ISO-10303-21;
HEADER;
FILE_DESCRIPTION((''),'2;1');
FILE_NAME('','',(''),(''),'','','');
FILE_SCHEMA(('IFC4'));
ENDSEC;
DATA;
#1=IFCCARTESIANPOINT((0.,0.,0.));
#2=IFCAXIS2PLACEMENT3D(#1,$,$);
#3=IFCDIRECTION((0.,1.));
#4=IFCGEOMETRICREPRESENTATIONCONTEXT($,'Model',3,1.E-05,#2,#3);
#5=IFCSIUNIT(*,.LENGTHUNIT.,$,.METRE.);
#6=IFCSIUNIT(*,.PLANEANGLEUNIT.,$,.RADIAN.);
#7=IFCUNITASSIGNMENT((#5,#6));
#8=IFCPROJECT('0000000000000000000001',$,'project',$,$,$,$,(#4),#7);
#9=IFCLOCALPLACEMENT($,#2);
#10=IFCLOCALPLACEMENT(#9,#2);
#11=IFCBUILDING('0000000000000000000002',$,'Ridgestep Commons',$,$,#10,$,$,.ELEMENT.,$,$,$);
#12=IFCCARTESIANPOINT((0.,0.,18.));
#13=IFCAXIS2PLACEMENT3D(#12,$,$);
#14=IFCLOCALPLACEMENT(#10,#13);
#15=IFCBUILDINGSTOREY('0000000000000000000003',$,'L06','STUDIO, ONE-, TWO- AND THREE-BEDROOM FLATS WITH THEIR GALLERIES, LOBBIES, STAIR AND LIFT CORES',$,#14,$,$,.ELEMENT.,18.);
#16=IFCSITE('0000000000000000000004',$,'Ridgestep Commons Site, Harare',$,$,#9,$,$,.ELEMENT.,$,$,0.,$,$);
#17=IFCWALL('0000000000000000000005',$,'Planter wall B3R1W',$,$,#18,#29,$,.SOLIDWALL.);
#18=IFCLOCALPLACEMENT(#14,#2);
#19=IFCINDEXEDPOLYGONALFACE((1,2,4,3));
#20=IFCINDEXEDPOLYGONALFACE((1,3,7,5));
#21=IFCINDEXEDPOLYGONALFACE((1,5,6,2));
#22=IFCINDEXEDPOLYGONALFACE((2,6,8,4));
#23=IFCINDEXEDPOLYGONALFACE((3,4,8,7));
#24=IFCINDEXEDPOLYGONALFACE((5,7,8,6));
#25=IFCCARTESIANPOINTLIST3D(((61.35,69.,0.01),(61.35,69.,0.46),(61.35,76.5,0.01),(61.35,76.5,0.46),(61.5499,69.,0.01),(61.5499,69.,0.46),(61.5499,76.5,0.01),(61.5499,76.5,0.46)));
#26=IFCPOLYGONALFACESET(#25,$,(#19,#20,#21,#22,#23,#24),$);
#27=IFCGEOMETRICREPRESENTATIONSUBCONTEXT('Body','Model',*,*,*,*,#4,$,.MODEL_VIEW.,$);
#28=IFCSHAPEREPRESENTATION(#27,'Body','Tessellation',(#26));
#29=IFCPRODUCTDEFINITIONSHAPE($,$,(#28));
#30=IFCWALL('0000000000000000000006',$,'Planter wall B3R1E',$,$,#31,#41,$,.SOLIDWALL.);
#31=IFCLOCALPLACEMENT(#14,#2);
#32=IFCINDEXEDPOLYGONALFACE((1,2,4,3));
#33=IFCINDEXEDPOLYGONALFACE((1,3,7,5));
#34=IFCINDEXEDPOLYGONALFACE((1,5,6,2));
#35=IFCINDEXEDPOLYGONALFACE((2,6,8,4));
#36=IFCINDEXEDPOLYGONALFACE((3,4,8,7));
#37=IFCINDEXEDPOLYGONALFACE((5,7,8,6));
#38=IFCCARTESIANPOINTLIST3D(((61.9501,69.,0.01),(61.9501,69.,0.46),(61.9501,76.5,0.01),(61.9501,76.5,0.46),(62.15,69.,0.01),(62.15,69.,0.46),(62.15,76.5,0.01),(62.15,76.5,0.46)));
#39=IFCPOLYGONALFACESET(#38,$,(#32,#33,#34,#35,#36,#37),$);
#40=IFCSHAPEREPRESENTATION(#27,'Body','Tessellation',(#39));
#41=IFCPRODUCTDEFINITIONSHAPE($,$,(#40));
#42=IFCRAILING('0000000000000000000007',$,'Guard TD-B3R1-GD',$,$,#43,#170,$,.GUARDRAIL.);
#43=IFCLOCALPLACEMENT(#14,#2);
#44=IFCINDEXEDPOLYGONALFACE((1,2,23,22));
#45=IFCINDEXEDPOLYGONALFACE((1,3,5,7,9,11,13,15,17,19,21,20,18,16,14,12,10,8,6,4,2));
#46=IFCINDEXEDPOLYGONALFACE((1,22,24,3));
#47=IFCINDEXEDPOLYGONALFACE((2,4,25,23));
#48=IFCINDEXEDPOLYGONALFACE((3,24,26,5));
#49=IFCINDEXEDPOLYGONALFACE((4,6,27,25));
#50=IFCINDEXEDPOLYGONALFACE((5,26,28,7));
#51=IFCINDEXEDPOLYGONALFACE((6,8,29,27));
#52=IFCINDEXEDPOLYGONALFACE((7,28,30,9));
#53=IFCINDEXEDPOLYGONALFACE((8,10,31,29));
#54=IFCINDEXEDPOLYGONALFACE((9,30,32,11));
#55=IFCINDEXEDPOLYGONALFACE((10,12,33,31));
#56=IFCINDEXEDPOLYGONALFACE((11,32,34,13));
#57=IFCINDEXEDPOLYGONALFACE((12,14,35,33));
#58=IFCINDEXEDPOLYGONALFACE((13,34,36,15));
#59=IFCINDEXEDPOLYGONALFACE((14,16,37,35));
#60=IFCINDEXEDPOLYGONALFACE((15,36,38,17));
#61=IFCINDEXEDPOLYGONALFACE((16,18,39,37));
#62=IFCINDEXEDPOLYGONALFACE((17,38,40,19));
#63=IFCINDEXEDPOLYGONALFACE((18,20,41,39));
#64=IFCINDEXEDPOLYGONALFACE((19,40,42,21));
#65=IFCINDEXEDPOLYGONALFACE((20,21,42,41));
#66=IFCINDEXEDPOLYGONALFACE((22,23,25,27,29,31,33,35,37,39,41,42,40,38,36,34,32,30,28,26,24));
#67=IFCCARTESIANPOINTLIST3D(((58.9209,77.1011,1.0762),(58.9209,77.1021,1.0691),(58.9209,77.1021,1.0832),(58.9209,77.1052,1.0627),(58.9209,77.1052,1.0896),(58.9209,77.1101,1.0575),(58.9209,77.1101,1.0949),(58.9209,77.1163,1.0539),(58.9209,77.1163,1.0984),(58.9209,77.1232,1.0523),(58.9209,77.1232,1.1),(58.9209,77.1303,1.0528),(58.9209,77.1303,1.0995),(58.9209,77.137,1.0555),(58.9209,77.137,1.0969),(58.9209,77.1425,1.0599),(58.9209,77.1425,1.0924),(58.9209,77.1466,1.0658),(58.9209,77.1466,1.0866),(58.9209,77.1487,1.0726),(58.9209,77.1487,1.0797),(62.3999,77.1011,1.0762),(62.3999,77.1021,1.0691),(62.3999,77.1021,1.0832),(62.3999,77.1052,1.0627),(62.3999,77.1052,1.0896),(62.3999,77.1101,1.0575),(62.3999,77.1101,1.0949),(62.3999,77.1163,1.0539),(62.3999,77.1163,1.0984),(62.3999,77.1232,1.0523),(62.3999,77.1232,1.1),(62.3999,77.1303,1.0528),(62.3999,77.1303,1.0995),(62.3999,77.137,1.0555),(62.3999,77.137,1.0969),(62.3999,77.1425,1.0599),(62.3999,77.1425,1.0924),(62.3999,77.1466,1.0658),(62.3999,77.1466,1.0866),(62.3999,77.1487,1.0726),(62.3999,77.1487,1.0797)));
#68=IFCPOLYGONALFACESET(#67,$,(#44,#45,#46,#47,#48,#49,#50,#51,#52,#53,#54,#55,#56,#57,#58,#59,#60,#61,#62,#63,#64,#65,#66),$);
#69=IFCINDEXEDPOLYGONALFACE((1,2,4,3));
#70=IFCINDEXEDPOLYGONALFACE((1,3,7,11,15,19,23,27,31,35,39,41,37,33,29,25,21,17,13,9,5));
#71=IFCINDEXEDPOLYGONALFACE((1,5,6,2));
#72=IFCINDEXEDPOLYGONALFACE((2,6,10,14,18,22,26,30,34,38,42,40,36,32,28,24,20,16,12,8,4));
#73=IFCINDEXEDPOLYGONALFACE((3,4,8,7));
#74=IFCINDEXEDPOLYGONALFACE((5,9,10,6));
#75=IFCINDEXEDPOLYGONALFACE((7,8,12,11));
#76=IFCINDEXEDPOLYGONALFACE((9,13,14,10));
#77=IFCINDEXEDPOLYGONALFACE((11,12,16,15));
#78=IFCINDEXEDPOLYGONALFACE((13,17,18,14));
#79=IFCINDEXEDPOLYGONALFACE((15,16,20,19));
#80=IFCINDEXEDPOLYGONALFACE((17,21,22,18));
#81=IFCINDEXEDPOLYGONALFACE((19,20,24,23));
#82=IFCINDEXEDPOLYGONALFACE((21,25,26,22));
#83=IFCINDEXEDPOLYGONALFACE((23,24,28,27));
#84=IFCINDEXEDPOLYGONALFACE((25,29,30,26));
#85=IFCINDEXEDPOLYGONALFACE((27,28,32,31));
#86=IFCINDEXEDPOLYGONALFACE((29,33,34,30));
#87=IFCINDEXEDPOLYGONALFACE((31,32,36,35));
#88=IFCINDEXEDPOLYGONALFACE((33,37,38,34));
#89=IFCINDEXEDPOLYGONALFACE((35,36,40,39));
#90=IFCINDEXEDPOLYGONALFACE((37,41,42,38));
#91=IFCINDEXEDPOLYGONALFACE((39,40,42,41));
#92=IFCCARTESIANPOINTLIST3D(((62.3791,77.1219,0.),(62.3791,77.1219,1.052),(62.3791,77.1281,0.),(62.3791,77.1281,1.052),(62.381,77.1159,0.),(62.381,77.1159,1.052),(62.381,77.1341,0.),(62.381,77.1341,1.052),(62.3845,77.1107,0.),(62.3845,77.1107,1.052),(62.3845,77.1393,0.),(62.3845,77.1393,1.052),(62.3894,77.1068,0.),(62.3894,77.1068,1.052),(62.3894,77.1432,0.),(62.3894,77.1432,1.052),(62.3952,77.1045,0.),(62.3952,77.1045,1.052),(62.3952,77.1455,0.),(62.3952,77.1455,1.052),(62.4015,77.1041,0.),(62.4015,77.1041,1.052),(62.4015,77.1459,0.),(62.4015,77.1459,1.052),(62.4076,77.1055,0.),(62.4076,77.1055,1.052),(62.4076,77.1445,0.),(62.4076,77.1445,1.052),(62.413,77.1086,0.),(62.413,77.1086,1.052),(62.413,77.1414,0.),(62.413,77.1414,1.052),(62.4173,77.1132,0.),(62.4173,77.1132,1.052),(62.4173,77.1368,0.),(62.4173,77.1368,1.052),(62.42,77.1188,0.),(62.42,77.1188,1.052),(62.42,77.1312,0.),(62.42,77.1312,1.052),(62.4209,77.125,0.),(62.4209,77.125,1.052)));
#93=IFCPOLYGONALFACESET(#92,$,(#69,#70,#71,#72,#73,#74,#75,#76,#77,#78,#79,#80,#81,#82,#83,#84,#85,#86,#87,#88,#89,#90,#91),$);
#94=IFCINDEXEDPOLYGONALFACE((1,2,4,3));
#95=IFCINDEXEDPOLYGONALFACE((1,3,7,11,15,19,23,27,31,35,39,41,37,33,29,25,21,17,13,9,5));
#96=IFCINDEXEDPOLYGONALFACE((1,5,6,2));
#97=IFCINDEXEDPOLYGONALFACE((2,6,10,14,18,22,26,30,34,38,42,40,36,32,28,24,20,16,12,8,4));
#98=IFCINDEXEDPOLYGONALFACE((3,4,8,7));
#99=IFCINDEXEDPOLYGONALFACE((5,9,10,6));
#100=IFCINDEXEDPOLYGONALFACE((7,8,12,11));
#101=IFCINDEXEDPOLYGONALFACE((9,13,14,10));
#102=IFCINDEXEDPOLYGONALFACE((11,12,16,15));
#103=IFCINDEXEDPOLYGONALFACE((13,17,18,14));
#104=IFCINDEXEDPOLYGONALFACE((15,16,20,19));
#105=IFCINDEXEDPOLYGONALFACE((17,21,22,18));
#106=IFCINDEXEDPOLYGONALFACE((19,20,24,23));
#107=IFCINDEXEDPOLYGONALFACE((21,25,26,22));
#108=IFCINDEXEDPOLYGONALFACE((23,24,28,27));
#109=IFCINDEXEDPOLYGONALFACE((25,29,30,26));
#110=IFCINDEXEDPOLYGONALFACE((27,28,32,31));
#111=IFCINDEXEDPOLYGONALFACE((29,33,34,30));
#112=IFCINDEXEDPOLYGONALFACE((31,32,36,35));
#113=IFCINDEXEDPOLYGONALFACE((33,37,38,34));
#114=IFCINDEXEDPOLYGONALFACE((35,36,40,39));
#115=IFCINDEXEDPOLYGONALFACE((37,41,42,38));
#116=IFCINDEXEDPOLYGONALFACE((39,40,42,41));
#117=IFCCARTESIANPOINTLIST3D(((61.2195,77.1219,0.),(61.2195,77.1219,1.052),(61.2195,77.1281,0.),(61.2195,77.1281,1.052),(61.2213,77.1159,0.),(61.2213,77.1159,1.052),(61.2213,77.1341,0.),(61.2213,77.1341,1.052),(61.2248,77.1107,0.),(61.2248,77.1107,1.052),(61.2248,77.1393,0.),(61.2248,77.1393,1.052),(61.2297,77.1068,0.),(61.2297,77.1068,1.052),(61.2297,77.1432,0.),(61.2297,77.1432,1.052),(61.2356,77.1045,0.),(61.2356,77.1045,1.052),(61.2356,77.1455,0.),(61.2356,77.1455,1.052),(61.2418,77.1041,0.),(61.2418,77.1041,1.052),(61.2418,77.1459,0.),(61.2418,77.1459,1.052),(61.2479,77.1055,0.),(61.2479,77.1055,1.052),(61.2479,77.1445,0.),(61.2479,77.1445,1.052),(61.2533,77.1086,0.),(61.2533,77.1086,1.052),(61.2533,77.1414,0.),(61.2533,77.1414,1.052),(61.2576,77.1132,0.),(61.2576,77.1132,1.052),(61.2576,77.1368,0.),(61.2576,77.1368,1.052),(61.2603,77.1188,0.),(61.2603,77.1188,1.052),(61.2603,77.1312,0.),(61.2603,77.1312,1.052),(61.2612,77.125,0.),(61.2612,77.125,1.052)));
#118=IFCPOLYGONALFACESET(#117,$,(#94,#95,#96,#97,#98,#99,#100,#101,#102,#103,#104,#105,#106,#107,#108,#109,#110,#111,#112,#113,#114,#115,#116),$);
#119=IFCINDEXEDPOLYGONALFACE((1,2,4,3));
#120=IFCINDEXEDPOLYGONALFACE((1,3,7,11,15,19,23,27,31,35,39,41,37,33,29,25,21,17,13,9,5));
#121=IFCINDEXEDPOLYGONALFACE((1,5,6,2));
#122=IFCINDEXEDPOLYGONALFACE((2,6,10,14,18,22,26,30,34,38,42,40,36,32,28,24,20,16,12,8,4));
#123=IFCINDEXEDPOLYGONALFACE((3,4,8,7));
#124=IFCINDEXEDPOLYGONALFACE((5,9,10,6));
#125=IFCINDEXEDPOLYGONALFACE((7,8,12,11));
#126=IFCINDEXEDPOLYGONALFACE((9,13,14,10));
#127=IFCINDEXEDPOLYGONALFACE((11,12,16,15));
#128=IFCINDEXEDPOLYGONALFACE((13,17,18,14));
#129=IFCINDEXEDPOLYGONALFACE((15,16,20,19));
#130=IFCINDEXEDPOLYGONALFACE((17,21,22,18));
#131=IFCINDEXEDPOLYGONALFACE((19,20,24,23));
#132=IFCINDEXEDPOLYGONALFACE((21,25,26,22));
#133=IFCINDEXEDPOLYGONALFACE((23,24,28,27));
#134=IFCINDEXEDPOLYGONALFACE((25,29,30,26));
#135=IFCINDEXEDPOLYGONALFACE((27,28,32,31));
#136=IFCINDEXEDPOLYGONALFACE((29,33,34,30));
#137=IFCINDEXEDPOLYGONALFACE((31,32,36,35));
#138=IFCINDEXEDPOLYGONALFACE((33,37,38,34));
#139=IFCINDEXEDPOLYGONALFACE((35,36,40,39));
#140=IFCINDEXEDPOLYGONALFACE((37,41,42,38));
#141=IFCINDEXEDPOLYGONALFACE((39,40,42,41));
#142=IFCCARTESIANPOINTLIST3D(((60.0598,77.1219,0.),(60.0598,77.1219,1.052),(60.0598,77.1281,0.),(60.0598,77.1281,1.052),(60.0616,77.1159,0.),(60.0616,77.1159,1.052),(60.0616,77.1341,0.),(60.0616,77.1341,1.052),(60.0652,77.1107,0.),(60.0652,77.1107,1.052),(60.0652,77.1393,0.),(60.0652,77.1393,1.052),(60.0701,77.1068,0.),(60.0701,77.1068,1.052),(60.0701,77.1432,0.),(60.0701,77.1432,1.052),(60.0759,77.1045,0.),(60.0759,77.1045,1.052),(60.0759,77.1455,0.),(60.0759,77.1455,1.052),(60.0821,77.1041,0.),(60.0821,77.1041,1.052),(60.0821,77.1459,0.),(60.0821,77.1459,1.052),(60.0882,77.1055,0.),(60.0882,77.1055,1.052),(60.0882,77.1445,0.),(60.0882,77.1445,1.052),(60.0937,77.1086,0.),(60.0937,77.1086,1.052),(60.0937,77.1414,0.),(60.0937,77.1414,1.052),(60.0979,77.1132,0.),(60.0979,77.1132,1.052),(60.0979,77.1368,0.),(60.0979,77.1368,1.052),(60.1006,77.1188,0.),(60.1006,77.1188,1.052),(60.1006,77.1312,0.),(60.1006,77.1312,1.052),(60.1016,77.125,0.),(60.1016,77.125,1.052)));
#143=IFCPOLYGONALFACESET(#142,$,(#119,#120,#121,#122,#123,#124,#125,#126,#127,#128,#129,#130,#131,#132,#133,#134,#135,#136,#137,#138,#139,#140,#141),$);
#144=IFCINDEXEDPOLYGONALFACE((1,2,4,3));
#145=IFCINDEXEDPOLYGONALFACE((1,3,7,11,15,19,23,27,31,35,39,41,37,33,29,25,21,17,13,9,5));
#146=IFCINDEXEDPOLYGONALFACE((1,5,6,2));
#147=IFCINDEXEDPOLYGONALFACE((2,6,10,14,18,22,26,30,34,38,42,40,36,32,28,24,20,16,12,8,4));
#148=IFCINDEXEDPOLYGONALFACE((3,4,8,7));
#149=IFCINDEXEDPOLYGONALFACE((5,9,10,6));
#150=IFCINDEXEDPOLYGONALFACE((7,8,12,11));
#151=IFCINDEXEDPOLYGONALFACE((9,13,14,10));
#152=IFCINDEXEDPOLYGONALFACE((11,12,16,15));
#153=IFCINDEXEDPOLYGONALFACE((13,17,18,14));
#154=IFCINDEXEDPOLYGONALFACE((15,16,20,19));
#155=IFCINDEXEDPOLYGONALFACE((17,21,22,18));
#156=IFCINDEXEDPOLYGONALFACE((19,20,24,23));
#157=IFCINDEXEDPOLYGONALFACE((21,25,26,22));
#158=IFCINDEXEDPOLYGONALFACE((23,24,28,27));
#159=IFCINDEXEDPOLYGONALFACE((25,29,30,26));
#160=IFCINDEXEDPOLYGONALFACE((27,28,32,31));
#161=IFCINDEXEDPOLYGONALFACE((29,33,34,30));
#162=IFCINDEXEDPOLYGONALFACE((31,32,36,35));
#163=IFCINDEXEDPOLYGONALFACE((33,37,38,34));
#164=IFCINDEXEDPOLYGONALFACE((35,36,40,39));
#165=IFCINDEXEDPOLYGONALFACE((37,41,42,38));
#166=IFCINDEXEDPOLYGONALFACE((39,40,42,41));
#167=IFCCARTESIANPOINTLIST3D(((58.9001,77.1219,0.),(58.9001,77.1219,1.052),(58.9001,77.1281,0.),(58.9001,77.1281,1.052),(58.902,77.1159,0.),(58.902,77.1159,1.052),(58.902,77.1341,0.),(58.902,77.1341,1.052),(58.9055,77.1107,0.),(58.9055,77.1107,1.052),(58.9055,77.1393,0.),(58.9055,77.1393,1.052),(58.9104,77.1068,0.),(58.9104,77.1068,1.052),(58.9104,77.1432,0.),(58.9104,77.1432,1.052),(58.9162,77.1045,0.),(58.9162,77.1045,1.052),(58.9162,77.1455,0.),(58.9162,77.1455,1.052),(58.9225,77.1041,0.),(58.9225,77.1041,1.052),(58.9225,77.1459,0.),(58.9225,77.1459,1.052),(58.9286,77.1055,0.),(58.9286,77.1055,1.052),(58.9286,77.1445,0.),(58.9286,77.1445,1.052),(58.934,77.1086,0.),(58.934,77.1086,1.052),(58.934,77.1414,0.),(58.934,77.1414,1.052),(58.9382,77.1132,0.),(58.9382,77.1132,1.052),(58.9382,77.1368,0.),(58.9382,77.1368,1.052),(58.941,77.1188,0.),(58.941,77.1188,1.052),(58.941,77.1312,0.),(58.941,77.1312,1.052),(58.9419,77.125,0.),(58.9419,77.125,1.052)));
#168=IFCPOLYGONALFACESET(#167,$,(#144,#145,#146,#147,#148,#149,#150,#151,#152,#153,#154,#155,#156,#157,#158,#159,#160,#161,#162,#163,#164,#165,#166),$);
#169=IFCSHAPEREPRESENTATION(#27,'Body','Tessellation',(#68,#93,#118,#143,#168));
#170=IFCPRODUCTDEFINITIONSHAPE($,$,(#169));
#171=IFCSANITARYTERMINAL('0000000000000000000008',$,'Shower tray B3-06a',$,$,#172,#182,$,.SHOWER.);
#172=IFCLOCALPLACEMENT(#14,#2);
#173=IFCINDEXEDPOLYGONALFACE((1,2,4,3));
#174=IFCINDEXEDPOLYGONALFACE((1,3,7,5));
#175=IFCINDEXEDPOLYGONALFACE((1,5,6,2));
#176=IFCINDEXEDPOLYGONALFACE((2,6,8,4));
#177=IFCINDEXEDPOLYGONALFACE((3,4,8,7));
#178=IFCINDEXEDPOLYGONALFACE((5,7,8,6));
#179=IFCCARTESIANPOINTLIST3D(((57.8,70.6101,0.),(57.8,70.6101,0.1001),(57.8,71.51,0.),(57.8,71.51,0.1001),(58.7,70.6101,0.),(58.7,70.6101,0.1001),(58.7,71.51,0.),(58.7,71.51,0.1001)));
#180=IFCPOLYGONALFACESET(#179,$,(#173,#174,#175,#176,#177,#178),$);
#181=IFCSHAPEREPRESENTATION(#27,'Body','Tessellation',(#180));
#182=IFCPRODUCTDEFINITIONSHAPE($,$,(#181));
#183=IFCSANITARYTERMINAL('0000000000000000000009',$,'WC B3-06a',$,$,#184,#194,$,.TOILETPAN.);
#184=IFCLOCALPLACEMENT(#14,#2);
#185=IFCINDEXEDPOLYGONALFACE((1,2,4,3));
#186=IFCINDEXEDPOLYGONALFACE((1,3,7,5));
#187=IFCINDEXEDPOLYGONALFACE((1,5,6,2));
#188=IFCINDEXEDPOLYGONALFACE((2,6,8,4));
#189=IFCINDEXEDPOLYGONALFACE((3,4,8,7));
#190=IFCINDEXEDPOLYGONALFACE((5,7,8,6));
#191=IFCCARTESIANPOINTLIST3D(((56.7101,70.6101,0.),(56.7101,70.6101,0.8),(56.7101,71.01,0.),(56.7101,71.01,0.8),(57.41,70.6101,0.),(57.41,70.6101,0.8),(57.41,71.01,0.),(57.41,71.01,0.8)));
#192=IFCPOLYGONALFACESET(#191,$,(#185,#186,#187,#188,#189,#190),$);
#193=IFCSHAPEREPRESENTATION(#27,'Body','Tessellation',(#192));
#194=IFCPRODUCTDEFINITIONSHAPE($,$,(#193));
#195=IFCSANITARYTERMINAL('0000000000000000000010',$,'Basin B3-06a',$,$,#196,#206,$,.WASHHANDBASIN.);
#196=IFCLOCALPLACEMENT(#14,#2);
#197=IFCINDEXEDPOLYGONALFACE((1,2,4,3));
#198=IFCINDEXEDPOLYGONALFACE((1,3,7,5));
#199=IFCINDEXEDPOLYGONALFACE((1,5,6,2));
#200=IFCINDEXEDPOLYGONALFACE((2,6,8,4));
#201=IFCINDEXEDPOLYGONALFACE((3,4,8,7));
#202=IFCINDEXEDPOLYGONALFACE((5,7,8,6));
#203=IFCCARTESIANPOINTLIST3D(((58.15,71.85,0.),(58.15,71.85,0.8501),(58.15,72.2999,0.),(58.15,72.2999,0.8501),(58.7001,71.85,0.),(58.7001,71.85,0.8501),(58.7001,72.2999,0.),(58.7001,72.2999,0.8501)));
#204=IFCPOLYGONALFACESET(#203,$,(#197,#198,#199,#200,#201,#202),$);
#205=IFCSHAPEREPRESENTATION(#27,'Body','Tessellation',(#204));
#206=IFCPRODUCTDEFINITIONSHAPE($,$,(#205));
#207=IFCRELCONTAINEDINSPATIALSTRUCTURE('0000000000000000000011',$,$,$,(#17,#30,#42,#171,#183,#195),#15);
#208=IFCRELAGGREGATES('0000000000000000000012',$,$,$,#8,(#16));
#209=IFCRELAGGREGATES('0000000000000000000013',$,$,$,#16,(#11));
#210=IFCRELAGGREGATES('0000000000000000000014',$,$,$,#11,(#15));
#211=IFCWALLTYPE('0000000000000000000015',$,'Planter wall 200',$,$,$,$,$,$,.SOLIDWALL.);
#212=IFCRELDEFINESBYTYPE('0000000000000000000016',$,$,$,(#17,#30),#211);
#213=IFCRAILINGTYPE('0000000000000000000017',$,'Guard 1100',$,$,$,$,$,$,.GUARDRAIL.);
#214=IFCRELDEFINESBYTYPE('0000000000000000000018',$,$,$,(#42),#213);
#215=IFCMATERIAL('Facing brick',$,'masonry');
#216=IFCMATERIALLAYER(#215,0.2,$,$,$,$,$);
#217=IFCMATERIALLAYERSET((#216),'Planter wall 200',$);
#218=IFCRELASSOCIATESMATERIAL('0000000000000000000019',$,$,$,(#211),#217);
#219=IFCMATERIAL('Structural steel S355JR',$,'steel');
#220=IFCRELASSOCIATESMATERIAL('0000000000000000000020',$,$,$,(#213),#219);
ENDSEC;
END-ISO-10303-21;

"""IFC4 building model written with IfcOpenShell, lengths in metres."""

from ifc_helpers import new_model, si_unit, direction, frame, frame_2d, origin, origin_2d, place, context, subcontext, project, spatial, rectangle, circle, extrude, material, layer, layer_set, type_object, element, save


model = new_model("IFC4")

# Units and contexts
model_context = context("Model", 3, precision=1e-05, world=origin(), true_north=direction((0.0, 1.0)))
body_context = subcontext(model_context, "Body", "Model", "MODEL_VIEW")
ifc_project = project(units=[si_unit("LENGTHUNIT", "METRE"), si_unit("PLANEANGLEUNIT", "RADIAN")], contexts=[model_context])

# Site, building, storey
site_placement = place(None, origin())
site = spatial("IfcSite", under=ifc_project, at=site_placement, Name="Ridgestep Commons Site, Harare", CompositionType="ELEMENT", RefElevation=0.0)
building_placement = place(site_placement, origin())
building = spatial("IfcBuilding", under=site, at=building_placement, Name="Ridgestep Commons", CompositionType="ELEMENT")
storey_placement = place(building_placement, frame((0.0, 0.0, 18.0)))
storey = spatial("IfcBuildingStorey", under=building, at=storey_placement, Name="L06", Description="STUDIO, ONE-, TWO- AND THREE-BEDROOM FLATS WITH THEIR GALLERIES, LOBBIES, STAIR AND LIFT CORES", CompositionType="ELEMENT", Elevation=18.0)

# Walls
ifc_material_1 = material(Name="Facing brick", Category="masonry")
ifc_layer_1 = layer(ifc_material_1, 0.2)
ifc_layer_set_1 = layer_set([ifc_layer_1], Name="Planter wall 200")
wall_type_1 = type_object("IfcWallType", Name="Planter wall 200", PredefinedType="SOLIDWALL", material=ifc_layer_set_1)
for number, where, z_axis, x_axis, name in (
    (1, (61.45, 69.0, 0.01), (0.0, 0.0, 1.0), (0.0, 1.0, 0.0), "Planter wall B3R1W"),
    (2, (62.05, 69.0, 0.01), (0.0, 0.0, 1.0), (0.0, 1.0, 0.0), "Planter wall B3R1E"),
):
    element("IfcWall", number, at=place(storey_placement, frame(where, z_axis=z_axis, x_axis=x_axis)), inside=storey, type_object=wall_type_1, Name=name, PredefinedType="SOLIDWALL", context=body_context, shape_type="SweptSolid", body=[
        extrude(rectangle(XDim=7.5, YDim=0.2, at=frame_2d((3.75, 0.0))), origin(), (0.0, 0.0, 1.0), 0.45),
    ])

# Railing
ifc_material_2 = material(Name="Structural steel S355JR", Category="steel")
railing_type = type_object("IfcRailingType", Name="Guard 1100", PredefinedType="GUARDRAIL", material=ifc_material_2)
railing_placement = place(storey_placement, frame((62.3999, 77.125, 0.0)))
element("IfcRailing", 3, at=railing_placement, inside=storey, type_object=railing_type, Name="Guard TD-B3R1-GD", PredefinedType="GUARDRAIL", context=body_context, shape_type="SweptSolid", body=[
    extrude(circle(Radius=0.0239, at=origin_2d()), frame((0.0, 0.0, 1.0762), z_axis=(-1.0, 0.0, 0.0), x_axis=(0.0, -1.0, 0.0)), (0.0, 0.0, 1.0), 3.479),
    extrude(circle(Radius=0.021, at=origin_2d()), origin(), (0.0, 0.0, 1.0), 1.052),
    extrude(circle(Radius=0.021, at=origin_2d()), frame((-1.1597, 0.0, 0.0)), (0.0, 0.0, 1.0), 1.052),
    extrude(circle(Radius=0.021, at=origin_2d()), frame((-2.3193, 0.0, 0.0)), (0.0, 0.0, 1.0), 1.052),
    extrude(circle(Radius=0.021, at=origin_2d()), frame((-3.479, 0.0, 0.0)), (0.0, 0.0, 1.0), 1.052),
])

# Sanitary terminals
sanitary_terminal_1_placement = place(storey_placement, frame((58.25, 71.0601, 0.0), z_axis=(0.0, 0.0, 1.0), x_axis=(1.0, 0.0, 0.0)))
element("IfcSanitaryTerminal", 4, at=sanitary_terminal_1_placement, inside=storey, Name="Shower tray B3-06a", PredefinedType="SHOWER", context=body_context, shape_type="SweptSolid", body=[
    extrude(rectangle(XDim=0.8999, YDim=0.8999, at=origin_2d()), origin(), (0.0, 0.0, 1.0), 0.1001),
])
sanitary_terminal_2_placement = place(storey_placement, frame((57.0601, 70.8101, 0.0), z_axis=(0.0, 0.0, 1.0), x_axis=(1.0, 0.0, 0.0)))
element("IfcSanitaryTerminal", 5, at=sanitary_terminal_2_placement, inside=storey, Name="WC B3-06a", PredefinedType="TOILETPAN", context=body_context, shape_type="SweptSolid", body=[
    extrude(rectangle(XDim=0.7, YDim=0.3999, at=origin_2d()), origin(), (0.0, 0.0, 1.0), 0.8),
])
sanitary_terminal_3_placement = place(storey_placement, frame((58.425, 72.075, 0.0), z_axis=(0.0, 0.0, 1.0), x_axis=(1.0, 0.0, 0.0)))
element("IfcSanitaryTerminal", 6, at=sanitary_terminal_3_placement, inside=storey, Name="Basin B3-06a", PredefinedType="WASHHANDBASIN", context=body_context, shape_type="SweptSolid", body=[
    extrude(rectangle(XDim=0.55, YDim=0.45, at=origin_2d()), origin(), (0.0, 0.0, 1.0), 0.8501),
])

save(model, "model.ifc")
